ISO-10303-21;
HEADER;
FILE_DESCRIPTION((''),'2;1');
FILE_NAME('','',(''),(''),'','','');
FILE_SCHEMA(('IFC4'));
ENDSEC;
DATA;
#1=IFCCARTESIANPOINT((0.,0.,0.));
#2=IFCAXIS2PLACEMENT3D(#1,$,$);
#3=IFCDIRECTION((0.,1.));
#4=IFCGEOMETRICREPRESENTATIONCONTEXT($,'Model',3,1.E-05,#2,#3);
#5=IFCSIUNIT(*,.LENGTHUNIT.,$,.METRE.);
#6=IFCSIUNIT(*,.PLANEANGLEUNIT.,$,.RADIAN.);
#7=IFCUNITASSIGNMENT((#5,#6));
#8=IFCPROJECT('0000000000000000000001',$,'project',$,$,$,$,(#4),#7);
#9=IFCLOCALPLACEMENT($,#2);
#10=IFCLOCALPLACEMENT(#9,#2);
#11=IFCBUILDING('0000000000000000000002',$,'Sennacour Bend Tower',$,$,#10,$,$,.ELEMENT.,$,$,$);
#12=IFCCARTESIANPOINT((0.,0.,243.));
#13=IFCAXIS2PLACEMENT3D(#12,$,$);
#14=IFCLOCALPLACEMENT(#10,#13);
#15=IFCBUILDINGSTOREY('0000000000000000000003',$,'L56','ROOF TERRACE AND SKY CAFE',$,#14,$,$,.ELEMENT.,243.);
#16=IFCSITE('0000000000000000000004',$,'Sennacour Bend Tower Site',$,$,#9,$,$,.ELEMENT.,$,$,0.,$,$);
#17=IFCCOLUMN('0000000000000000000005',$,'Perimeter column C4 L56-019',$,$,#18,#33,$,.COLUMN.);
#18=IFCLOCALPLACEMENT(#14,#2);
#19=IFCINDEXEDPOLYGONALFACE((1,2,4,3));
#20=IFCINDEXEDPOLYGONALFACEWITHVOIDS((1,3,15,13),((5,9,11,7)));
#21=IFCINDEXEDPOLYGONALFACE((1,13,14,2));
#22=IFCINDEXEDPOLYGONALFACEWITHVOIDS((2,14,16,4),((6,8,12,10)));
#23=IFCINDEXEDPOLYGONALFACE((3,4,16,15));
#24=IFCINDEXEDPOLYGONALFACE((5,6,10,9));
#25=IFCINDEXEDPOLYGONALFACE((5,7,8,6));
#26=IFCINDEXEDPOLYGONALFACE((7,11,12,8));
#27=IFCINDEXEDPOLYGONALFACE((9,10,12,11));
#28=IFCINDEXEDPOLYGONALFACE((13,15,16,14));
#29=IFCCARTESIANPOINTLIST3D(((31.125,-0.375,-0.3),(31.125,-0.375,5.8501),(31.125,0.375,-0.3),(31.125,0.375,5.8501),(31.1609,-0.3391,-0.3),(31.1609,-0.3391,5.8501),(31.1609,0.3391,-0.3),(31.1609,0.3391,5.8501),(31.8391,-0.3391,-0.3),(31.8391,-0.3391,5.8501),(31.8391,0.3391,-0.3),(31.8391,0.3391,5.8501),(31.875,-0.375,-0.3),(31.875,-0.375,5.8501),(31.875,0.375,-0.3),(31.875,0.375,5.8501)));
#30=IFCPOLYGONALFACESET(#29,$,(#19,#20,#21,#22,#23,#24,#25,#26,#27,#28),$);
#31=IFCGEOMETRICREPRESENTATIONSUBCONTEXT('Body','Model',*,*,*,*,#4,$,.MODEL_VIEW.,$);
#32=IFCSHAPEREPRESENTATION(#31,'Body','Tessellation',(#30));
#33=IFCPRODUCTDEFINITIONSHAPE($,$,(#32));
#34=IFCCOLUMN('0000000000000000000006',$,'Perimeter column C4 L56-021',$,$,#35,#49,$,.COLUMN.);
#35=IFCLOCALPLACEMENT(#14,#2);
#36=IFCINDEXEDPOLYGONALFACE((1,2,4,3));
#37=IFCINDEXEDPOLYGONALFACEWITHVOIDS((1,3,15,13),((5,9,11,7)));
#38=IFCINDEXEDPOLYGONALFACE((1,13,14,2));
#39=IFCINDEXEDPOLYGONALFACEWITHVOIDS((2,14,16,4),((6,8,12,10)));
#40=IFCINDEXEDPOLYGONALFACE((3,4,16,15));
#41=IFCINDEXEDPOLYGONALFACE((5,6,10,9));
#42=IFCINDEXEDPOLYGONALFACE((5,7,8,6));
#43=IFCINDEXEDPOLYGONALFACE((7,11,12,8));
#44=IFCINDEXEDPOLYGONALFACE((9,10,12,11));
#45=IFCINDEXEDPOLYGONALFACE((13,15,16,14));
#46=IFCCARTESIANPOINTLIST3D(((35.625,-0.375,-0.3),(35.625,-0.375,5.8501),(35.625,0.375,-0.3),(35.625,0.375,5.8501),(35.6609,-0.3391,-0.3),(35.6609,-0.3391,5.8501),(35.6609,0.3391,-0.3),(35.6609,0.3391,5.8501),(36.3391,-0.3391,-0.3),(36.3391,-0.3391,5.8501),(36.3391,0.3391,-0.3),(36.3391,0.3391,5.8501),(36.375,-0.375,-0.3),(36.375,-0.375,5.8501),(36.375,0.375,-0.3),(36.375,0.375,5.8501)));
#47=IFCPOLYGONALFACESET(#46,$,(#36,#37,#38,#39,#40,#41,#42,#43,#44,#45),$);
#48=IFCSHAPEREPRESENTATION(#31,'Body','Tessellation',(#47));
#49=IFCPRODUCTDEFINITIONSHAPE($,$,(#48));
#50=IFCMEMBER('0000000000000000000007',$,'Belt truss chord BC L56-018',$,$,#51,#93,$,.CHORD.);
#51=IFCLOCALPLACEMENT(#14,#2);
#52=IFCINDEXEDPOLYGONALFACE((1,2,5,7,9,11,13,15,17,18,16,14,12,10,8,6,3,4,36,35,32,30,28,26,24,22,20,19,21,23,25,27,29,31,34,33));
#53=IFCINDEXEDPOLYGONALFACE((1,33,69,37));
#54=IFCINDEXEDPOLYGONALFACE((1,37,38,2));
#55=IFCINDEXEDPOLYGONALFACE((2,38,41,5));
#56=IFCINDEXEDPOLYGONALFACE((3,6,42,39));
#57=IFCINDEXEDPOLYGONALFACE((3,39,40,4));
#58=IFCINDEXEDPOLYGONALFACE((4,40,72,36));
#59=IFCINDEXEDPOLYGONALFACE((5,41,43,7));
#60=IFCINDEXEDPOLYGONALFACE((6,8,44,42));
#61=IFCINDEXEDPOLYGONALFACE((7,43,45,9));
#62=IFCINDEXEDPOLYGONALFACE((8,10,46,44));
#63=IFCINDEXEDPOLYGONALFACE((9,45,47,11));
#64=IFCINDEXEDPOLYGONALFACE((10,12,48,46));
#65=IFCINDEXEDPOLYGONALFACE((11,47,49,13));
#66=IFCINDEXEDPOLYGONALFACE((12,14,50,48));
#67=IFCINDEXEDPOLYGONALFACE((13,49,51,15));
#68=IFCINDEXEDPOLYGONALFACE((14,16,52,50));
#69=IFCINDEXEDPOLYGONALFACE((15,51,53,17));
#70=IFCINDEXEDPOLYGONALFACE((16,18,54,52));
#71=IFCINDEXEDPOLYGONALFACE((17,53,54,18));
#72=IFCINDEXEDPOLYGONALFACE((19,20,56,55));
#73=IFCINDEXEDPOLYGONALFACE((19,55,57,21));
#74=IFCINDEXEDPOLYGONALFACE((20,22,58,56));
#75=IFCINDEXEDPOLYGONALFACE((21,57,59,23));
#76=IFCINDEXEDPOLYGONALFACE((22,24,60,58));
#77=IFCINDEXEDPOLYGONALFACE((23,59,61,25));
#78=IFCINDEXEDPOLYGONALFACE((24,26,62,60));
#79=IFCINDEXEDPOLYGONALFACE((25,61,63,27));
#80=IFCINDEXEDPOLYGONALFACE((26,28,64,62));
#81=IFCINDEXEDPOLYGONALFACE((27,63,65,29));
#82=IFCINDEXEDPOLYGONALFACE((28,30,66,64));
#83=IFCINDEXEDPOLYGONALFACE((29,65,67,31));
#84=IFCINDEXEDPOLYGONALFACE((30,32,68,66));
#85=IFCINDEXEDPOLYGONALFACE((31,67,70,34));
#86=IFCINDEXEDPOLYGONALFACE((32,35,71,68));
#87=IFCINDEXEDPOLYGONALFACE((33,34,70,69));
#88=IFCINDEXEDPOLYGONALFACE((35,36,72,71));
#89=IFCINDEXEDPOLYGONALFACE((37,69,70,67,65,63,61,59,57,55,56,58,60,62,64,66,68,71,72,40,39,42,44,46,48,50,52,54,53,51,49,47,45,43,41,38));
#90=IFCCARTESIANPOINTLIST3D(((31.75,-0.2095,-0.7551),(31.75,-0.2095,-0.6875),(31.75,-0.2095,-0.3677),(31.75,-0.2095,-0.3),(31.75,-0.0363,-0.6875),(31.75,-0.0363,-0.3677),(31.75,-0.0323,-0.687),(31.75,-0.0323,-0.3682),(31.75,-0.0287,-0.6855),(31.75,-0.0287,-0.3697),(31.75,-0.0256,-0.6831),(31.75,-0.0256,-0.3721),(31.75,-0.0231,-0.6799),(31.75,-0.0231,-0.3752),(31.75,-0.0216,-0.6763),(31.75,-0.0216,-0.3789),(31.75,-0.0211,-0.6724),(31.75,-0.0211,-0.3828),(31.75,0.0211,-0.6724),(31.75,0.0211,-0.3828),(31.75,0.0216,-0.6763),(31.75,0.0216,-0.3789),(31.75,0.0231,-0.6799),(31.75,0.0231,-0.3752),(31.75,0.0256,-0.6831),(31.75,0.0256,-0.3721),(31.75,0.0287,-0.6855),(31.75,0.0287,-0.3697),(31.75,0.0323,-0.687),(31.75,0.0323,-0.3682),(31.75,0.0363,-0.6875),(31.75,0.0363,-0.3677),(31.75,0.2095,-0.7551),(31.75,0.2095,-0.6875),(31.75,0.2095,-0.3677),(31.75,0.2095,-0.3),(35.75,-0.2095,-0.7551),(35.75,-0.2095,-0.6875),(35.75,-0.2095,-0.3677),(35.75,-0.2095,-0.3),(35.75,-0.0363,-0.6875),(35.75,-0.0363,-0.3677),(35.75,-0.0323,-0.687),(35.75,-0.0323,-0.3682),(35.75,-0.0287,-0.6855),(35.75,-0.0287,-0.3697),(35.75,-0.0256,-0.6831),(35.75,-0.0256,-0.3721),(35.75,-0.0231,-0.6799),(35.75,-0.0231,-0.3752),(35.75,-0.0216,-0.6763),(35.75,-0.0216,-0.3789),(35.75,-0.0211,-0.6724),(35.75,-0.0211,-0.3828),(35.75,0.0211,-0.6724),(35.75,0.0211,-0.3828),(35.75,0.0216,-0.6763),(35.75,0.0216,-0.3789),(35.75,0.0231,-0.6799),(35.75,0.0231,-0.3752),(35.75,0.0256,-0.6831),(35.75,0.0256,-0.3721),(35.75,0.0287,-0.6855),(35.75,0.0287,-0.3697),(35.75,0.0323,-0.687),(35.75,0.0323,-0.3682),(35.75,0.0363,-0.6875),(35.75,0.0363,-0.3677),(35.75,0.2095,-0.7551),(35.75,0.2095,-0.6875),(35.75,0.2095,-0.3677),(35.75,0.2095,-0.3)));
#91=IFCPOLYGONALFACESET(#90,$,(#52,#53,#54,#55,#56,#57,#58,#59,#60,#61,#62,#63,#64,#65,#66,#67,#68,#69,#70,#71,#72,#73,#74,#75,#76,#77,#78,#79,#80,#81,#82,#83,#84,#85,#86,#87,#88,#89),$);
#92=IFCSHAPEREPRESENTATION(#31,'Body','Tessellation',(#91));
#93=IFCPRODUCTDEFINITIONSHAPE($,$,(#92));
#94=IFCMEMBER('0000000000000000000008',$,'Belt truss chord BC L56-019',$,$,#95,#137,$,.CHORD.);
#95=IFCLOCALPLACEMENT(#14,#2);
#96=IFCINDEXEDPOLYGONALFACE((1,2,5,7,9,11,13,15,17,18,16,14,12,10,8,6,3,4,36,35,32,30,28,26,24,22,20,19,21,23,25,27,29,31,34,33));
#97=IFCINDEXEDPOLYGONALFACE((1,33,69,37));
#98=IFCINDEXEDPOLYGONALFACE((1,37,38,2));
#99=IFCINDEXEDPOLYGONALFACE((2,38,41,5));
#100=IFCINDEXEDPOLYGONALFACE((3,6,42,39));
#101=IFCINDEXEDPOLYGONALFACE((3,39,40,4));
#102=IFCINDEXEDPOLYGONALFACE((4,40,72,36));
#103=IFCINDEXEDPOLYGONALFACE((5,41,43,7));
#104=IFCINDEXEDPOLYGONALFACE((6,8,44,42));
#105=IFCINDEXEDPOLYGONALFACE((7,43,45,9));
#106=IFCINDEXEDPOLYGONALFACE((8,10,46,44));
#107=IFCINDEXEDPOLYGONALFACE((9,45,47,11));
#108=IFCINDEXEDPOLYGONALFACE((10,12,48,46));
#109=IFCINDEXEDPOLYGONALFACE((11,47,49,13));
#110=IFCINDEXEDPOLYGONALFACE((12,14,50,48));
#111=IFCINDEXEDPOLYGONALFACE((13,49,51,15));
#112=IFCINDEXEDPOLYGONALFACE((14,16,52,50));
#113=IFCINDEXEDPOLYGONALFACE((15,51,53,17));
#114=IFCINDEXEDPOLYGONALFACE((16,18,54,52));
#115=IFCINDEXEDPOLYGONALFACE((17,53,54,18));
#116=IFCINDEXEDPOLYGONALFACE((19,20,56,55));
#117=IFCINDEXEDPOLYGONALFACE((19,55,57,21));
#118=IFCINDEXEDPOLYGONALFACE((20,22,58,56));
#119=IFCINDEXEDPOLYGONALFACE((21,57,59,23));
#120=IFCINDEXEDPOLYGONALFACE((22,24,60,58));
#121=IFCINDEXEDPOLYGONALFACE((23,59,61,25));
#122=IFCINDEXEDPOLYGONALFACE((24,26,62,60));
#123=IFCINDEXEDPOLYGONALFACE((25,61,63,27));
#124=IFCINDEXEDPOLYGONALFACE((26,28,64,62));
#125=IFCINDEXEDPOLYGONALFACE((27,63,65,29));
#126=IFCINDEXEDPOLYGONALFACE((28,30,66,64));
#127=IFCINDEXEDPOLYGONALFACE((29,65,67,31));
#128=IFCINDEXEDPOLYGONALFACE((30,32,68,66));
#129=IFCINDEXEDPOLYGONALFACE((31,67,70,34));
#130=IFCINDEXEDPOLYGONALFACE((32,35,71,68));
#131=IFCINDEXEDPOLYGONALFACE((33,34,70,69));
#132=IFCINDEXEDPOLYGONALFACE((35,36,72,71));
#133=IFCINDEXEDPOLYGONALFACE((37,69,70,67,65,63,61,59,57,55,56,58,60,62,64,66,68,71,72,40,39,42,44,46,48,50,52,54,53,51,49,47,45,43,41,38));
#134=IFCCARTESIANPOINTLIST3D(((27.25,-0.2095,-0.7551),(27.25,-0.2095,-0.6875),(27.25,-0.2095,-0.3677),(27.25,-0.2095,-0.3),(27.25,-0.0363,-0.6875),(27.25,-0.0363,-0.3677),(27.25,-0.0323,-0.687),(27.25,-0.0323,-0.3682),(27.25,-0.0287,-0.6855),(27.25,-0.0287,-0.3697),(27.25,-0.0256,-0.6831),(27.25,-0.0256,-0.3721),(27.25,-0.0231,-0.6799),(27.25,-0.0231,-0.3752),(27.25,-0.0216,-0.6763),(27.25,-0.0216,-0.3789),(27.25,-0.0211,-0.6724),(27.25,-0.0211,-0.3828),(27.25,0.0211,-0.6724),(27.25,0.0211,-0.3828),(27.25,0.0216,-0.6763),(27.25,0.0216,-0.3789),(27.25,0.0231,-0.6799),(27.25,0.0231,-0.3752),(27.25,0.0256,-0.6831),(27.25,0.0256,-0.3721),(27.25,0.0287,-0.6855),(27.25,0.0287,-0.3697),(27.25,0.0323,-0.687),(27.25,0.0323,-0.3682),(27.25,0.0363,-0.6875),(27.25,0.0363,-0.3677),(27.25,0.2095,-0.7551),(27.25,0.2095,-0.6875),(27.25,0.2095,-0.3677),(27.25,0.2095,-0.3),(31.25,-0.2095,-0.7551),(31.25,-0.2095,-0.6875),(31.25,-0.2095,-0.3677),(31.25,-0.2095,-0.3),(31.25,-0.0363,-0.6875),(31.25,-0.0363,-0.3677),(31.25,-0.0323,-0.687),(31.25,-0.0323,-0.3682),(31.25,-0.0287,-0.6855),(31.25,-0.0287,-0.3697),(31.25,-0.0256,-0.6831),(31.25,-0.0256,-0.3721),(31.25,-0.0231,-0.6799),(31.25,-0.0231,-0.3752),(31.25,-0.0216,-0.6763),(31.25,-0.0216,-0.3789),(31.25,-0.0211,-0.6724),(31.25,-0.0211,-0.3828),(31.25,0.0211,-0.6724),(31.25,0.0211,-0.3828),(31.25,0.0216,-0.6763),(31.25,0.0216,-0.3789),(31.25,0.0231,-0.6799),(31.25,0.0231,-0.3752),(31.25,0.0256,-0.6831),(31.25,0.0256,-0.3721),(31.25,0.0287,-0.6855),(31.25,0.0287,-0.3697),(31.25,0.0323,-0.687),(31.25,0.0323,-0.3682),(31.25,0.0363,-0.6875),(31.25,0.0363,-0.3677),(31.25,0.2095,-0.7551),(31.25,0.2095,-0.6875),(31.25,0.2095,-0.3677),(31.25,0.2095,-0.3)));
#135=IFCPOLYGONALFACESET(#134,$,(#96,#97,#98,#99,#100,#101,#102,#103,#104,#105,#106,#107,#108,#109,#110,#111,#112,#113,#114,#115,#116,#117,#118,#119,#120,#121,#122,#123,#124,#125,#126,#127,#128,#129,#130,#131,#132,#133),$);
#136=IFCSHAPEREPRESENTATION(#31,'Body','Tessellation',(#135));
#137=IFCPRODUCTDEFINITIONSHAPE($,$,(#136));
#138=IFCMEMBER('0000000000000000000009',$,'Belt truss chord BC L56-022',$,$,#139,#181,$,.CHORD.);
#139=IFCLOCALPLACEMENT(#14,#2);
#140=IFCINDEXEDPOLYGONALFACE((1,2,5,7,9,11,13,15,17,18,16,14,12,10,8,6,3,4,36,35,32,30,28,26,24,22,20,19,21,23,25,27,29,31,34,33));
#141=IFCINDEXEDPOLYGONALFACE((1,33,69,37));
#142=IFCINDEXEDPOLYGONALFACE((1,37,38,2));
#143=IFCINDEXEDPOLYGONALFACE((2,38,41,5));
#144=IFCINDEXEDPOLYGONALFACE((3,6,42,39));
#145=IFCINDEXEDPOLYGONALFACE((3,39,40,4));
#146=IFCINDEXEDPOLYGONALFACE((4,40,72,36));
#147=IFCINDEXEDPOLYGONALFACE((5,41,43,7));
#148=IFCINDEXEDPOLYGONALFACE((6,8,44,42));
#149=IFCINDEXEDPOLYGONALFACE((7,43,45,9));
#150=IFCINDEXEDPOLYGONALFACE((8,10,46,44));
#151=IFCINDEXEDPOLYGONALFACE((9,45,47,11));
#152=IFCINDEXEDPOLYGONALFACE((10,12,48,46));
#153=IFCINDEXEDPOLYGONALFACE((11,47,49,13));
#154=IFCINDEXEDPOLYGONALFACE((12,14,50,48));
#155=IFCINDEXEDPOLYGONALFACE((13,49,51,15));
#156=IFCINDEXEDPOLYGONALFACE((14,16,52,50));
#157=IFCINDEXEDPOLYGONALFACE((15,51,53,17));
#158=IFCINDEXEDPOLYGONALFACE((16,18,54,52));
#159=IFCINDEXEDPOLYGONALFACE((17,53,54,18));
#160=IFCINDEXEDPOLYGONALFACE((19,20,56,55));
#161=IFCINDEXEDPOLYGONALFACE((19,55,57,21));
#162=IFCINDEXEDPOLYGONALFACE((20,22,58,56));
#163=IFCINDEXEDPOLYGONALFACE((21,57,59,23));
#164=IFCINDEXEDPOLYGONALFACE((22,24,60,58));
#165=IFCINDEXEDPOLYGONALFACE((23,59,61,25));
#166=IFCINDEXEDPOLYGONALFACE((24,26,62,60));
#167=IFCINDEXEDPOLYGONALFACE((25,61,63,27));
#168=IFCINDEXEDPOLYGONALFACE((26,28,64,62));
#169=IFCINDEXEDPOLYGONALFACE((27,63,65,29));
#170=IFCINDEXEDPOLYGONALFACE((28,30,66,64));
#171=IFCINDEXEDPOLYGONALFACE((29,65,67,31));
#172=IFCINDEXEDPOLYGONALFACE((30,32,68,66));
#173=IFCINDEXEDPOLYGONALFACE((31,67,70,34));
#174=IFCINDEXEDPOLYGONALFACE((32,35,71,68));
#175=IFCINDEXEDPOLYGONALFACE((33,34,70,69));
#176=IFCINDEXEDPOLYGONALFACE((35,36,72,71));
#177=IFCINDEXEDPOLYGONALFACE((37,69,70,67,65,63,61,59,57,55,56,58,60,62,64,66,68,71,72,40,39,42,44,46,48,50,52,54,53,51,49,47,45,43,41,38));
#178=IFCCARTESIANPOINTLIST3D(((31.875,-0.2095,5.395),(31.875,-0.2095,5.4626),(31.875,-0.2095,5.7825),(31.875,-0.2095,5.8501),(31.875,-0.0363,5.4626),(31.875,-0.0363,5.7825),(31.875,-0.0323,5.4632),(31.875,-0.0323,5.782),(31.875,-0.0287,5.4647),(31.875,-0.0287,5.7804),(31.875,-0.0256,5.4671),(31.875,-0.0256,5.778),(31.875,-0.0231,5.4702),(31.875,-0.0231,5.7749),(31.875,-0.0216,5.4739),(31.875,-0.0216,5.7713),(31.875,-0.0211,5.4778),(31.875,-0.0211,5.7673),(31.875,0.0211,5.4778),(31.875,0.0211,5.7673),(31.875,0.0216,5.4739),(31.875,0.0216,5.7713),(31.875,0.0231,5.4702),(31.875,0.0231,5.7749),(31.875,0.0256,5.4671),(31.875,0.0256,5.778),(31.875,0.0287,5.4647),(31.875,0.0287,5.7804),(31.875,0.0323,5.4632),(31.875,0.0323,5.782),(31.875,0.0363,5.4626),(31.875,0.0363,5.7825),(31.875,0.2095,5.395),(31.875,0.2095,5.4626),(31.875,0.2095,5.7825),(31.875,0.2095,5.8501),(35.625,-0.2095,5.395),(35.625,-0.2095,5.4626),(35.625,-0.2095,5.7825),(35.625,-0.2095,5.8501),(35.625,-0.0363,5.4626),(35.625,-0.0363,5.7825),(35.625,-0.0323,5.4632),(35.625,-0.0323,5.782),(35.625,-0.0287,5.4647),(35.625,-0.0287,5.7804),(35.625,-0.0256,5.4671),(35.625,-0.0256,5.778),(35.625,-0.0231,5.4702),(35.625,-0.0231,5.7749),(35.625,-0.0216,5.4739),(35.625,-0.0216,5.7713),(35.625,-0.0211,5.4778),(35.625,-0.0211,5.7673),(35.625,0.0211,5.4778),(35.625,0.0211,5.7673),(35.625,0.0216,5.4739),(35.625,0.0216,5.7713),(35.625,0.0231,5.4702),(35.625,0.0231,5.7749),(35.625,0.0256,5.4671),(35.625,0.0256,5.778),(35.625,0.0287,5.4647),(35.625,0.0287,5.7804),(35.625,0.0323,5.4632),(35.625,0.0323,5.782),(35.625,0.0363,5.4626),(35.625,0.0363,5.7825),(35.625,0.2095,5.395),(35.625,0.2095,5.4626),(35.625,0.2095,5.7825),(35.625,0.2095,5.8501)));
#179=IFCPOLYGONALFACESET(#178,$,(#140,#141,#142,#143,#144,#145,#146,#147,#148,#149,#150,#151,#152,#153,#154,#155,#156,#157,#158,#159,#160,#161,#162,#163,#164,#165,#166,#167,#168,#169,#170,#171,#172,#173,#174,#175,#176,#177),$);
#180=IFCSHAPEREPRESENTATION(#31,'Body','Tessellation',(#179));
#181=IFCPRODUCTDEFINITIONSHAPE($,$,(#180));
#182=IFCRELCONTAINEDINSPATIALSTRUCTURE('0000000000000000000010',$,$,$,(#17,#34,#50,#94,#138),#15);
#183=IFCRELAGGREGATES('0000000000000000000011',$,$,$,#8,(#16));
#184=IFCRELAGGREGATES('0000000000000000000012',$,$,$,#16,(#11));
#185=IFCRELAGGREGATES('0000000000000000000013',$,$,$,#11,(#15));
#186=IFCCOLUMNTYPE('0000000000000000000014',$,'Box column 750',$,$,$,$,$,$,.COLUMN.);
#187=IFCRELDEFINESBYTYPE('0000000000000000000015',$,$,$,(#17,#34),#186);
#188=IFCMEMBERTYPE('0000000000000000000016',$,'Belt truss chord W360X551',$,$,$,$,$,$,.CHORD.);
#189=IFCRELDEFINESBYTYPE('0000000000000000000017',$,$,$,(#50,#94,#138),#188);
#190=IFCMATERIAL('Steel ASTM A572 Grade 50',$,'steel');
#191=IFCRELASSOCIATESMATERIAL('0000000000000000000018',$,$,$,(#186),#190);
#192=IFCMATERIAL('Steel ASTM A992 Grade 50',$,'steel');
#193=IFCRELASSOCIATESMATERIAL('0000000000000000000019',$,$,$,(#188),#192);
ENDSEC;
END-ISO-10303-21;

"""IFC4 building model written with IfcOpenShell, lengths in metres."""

from ifc_helpers import new_model, si_unit, direction, frame, origin, origin_2d, place, context, subcontext, project, spatial, hollow_rectangle, i_section, extrude, material, material_profile, profile_set, type_object, element, save


model = new_model("IFC4")

# Units and contexts
model_context = context("Model", 3, precision=1e-05, world=origin(), true_north=direction((0.0, 1.0)))
body_context = subcontext(model_context, "Body", "Model", "MODEL_VIEW")
ifc_project = project(units=[si_unit("LENGTHUNIT", "METRE"), si_unit("PLANEANGLEUNIT", "RADIAN")], contexts=[model_context])

# Site, building, storey
site_placement = place(None, origin())
site = spatial("IfcSite", under=ifc_project, at=site_placement, Name="Sennacour Bend Tower Site", CompositionType="ELEMENT", RefElevation=0.0)
building_placement = place(site_placement, origin())
building = spatial("IfcBuilding", under=site, at=building_placement, Name="Sennacour Bend Tower", CompositionType="ELEMENT")
storey_placement = place(building_placement, frame((0.0, 0.0, 243.0)))
storey = spatial("IfcBuildingStorey", under=building, at=storey_placement, Name="L56", Description="ROOF TERRACE AND SKY CAFE", CompositionType="ELEMENT", Elevation=243.0)

# Columns
ifc_material_1 = material(Name="Steel ASTM A572 Grade 50", Category="steel")
ifc_material_profile_1 = material_profile(ifc_material_1, hollow_rectangle(XDim=0.75, YDim=0.75, WallThickness=0.0359, at=origin_2d()), Name="Steel ASTM A572 Grade 50", Category="steel")
ifc_profile_set_1 = profile_set([ifc_material_profile_1], Name="Steel ASTM A572 Grade 50")
column_type = type_object("IfcColumnType", Name="Box column 750", PredefinedType="COLUMN", material=ifc_profile_set_1)
for number, where, z_axis, x_axis, name in (
    (1, (31.5, 0.0, -0.3), (0.0, 0.0, 1.0), (1.0, 0.0, 0.0), "Perimeter column C4 L56-019"),
    (2, (36.0, 0.0, -0.3), (0.0, 0.0, 1.0), (1.0, 0.0, 0.0), "Perimeter column C4 L56-021"),
):
    element("IfcColumn", number, at=place(storey_placement, frame(where, z_axis=z_axis, x_axis=x_axis)), inside=storey, type_object=column_type, Name=name, PredefinedType="COLUMN", context=body_context, shape_type="SweptSolid", body=[
        extrude(hollow_rectangle(XDim=0.75, YDim=0.75, WallThickness=0.0359, at=origin_2d()), origin(), (0.0, 0.0, 1.0), 6.1501),
    ])

# Members
ifc_material_2 = material(Name="Steel ASTM A992 Grade 50", Category="steel")
ifc_material_profile_2 = material_profile(ifc_material_2, i_section(OverallWidth=0.4189, OverallDepth=0.4551, WebThickness=0.0422, FlangeThickness=0.0676, FilletRadius=0.0151, at=origin_2d()), Name="Steel ASTM A992 Grade 50", Category="steel")
ifc_profile_set_2 = profile_set([ifc_material_profile_2], Name="Steel ASTM A992 Grade 50")
member_type_1 = type_object("IfcMemberType", Name="Belt truss chord W360X551", PredefinedType="CHORD", material=ifc_profile_set_2)
for number, where, z_axis, x_axis, name in (
    (3, (35.75, 0.0, -0.5276), (-1.0, 0.0, 0.0), (0.0, -1.0, 0.0), "Belt truss chord BC L56-018"),
    (4, (31.25, 0.0, -0.5276), (-1.0, 0.0, 0.0), (0.0, -1.0, 0.0), "Belt truss chord BC L56-019"),
):
    element("IfcMember", number, at=place(storey_placement, frame(where, z_axis=z_axis, x_axis=x_axis)), inside=storey, type_object=member_type_1, Name=name, PredefinedType="CHORD", context=body_context, shape_type="SweptSolid", body=[
        extrude(i_section(OverallWidth=0.4189, OverallDepth=0.4551, WebThickness=0.0422, FlangeThickness=0.0676, FilletRadius=0.0151, at=origin_2d()), origin(), (0.0, 0.0, 1.0), 4.0),
    ])
for number, where, z_axis, x_axis, name in (
    (5, (35.625, 0.0, 5.6226), (-1.0, 0.0, 0.0), (0.0, -1.0, 0.0), "Belt truss chord BC L56-022"),
):
    element("IfcMember", number, at=place(storey_placement, frame(where, z_axis=z_axis, x_axis=x_axis)), inside=storey, type_object=member_type_1, Name=name, PredefinedType="CHORD", context=body_context, shape_type="SweptSolid", body=[
        extrude(i_section(OverallWidth=0.4189, OverallDepth=0.4551, WebThickness=0.0422, FlangeThickness=0.0676, FilletRadius=0.0151, at=origin_2d()), origin(), (0.0, 0.0, 1.0), 3.75),
    ])

save(model, "model.ifc")
